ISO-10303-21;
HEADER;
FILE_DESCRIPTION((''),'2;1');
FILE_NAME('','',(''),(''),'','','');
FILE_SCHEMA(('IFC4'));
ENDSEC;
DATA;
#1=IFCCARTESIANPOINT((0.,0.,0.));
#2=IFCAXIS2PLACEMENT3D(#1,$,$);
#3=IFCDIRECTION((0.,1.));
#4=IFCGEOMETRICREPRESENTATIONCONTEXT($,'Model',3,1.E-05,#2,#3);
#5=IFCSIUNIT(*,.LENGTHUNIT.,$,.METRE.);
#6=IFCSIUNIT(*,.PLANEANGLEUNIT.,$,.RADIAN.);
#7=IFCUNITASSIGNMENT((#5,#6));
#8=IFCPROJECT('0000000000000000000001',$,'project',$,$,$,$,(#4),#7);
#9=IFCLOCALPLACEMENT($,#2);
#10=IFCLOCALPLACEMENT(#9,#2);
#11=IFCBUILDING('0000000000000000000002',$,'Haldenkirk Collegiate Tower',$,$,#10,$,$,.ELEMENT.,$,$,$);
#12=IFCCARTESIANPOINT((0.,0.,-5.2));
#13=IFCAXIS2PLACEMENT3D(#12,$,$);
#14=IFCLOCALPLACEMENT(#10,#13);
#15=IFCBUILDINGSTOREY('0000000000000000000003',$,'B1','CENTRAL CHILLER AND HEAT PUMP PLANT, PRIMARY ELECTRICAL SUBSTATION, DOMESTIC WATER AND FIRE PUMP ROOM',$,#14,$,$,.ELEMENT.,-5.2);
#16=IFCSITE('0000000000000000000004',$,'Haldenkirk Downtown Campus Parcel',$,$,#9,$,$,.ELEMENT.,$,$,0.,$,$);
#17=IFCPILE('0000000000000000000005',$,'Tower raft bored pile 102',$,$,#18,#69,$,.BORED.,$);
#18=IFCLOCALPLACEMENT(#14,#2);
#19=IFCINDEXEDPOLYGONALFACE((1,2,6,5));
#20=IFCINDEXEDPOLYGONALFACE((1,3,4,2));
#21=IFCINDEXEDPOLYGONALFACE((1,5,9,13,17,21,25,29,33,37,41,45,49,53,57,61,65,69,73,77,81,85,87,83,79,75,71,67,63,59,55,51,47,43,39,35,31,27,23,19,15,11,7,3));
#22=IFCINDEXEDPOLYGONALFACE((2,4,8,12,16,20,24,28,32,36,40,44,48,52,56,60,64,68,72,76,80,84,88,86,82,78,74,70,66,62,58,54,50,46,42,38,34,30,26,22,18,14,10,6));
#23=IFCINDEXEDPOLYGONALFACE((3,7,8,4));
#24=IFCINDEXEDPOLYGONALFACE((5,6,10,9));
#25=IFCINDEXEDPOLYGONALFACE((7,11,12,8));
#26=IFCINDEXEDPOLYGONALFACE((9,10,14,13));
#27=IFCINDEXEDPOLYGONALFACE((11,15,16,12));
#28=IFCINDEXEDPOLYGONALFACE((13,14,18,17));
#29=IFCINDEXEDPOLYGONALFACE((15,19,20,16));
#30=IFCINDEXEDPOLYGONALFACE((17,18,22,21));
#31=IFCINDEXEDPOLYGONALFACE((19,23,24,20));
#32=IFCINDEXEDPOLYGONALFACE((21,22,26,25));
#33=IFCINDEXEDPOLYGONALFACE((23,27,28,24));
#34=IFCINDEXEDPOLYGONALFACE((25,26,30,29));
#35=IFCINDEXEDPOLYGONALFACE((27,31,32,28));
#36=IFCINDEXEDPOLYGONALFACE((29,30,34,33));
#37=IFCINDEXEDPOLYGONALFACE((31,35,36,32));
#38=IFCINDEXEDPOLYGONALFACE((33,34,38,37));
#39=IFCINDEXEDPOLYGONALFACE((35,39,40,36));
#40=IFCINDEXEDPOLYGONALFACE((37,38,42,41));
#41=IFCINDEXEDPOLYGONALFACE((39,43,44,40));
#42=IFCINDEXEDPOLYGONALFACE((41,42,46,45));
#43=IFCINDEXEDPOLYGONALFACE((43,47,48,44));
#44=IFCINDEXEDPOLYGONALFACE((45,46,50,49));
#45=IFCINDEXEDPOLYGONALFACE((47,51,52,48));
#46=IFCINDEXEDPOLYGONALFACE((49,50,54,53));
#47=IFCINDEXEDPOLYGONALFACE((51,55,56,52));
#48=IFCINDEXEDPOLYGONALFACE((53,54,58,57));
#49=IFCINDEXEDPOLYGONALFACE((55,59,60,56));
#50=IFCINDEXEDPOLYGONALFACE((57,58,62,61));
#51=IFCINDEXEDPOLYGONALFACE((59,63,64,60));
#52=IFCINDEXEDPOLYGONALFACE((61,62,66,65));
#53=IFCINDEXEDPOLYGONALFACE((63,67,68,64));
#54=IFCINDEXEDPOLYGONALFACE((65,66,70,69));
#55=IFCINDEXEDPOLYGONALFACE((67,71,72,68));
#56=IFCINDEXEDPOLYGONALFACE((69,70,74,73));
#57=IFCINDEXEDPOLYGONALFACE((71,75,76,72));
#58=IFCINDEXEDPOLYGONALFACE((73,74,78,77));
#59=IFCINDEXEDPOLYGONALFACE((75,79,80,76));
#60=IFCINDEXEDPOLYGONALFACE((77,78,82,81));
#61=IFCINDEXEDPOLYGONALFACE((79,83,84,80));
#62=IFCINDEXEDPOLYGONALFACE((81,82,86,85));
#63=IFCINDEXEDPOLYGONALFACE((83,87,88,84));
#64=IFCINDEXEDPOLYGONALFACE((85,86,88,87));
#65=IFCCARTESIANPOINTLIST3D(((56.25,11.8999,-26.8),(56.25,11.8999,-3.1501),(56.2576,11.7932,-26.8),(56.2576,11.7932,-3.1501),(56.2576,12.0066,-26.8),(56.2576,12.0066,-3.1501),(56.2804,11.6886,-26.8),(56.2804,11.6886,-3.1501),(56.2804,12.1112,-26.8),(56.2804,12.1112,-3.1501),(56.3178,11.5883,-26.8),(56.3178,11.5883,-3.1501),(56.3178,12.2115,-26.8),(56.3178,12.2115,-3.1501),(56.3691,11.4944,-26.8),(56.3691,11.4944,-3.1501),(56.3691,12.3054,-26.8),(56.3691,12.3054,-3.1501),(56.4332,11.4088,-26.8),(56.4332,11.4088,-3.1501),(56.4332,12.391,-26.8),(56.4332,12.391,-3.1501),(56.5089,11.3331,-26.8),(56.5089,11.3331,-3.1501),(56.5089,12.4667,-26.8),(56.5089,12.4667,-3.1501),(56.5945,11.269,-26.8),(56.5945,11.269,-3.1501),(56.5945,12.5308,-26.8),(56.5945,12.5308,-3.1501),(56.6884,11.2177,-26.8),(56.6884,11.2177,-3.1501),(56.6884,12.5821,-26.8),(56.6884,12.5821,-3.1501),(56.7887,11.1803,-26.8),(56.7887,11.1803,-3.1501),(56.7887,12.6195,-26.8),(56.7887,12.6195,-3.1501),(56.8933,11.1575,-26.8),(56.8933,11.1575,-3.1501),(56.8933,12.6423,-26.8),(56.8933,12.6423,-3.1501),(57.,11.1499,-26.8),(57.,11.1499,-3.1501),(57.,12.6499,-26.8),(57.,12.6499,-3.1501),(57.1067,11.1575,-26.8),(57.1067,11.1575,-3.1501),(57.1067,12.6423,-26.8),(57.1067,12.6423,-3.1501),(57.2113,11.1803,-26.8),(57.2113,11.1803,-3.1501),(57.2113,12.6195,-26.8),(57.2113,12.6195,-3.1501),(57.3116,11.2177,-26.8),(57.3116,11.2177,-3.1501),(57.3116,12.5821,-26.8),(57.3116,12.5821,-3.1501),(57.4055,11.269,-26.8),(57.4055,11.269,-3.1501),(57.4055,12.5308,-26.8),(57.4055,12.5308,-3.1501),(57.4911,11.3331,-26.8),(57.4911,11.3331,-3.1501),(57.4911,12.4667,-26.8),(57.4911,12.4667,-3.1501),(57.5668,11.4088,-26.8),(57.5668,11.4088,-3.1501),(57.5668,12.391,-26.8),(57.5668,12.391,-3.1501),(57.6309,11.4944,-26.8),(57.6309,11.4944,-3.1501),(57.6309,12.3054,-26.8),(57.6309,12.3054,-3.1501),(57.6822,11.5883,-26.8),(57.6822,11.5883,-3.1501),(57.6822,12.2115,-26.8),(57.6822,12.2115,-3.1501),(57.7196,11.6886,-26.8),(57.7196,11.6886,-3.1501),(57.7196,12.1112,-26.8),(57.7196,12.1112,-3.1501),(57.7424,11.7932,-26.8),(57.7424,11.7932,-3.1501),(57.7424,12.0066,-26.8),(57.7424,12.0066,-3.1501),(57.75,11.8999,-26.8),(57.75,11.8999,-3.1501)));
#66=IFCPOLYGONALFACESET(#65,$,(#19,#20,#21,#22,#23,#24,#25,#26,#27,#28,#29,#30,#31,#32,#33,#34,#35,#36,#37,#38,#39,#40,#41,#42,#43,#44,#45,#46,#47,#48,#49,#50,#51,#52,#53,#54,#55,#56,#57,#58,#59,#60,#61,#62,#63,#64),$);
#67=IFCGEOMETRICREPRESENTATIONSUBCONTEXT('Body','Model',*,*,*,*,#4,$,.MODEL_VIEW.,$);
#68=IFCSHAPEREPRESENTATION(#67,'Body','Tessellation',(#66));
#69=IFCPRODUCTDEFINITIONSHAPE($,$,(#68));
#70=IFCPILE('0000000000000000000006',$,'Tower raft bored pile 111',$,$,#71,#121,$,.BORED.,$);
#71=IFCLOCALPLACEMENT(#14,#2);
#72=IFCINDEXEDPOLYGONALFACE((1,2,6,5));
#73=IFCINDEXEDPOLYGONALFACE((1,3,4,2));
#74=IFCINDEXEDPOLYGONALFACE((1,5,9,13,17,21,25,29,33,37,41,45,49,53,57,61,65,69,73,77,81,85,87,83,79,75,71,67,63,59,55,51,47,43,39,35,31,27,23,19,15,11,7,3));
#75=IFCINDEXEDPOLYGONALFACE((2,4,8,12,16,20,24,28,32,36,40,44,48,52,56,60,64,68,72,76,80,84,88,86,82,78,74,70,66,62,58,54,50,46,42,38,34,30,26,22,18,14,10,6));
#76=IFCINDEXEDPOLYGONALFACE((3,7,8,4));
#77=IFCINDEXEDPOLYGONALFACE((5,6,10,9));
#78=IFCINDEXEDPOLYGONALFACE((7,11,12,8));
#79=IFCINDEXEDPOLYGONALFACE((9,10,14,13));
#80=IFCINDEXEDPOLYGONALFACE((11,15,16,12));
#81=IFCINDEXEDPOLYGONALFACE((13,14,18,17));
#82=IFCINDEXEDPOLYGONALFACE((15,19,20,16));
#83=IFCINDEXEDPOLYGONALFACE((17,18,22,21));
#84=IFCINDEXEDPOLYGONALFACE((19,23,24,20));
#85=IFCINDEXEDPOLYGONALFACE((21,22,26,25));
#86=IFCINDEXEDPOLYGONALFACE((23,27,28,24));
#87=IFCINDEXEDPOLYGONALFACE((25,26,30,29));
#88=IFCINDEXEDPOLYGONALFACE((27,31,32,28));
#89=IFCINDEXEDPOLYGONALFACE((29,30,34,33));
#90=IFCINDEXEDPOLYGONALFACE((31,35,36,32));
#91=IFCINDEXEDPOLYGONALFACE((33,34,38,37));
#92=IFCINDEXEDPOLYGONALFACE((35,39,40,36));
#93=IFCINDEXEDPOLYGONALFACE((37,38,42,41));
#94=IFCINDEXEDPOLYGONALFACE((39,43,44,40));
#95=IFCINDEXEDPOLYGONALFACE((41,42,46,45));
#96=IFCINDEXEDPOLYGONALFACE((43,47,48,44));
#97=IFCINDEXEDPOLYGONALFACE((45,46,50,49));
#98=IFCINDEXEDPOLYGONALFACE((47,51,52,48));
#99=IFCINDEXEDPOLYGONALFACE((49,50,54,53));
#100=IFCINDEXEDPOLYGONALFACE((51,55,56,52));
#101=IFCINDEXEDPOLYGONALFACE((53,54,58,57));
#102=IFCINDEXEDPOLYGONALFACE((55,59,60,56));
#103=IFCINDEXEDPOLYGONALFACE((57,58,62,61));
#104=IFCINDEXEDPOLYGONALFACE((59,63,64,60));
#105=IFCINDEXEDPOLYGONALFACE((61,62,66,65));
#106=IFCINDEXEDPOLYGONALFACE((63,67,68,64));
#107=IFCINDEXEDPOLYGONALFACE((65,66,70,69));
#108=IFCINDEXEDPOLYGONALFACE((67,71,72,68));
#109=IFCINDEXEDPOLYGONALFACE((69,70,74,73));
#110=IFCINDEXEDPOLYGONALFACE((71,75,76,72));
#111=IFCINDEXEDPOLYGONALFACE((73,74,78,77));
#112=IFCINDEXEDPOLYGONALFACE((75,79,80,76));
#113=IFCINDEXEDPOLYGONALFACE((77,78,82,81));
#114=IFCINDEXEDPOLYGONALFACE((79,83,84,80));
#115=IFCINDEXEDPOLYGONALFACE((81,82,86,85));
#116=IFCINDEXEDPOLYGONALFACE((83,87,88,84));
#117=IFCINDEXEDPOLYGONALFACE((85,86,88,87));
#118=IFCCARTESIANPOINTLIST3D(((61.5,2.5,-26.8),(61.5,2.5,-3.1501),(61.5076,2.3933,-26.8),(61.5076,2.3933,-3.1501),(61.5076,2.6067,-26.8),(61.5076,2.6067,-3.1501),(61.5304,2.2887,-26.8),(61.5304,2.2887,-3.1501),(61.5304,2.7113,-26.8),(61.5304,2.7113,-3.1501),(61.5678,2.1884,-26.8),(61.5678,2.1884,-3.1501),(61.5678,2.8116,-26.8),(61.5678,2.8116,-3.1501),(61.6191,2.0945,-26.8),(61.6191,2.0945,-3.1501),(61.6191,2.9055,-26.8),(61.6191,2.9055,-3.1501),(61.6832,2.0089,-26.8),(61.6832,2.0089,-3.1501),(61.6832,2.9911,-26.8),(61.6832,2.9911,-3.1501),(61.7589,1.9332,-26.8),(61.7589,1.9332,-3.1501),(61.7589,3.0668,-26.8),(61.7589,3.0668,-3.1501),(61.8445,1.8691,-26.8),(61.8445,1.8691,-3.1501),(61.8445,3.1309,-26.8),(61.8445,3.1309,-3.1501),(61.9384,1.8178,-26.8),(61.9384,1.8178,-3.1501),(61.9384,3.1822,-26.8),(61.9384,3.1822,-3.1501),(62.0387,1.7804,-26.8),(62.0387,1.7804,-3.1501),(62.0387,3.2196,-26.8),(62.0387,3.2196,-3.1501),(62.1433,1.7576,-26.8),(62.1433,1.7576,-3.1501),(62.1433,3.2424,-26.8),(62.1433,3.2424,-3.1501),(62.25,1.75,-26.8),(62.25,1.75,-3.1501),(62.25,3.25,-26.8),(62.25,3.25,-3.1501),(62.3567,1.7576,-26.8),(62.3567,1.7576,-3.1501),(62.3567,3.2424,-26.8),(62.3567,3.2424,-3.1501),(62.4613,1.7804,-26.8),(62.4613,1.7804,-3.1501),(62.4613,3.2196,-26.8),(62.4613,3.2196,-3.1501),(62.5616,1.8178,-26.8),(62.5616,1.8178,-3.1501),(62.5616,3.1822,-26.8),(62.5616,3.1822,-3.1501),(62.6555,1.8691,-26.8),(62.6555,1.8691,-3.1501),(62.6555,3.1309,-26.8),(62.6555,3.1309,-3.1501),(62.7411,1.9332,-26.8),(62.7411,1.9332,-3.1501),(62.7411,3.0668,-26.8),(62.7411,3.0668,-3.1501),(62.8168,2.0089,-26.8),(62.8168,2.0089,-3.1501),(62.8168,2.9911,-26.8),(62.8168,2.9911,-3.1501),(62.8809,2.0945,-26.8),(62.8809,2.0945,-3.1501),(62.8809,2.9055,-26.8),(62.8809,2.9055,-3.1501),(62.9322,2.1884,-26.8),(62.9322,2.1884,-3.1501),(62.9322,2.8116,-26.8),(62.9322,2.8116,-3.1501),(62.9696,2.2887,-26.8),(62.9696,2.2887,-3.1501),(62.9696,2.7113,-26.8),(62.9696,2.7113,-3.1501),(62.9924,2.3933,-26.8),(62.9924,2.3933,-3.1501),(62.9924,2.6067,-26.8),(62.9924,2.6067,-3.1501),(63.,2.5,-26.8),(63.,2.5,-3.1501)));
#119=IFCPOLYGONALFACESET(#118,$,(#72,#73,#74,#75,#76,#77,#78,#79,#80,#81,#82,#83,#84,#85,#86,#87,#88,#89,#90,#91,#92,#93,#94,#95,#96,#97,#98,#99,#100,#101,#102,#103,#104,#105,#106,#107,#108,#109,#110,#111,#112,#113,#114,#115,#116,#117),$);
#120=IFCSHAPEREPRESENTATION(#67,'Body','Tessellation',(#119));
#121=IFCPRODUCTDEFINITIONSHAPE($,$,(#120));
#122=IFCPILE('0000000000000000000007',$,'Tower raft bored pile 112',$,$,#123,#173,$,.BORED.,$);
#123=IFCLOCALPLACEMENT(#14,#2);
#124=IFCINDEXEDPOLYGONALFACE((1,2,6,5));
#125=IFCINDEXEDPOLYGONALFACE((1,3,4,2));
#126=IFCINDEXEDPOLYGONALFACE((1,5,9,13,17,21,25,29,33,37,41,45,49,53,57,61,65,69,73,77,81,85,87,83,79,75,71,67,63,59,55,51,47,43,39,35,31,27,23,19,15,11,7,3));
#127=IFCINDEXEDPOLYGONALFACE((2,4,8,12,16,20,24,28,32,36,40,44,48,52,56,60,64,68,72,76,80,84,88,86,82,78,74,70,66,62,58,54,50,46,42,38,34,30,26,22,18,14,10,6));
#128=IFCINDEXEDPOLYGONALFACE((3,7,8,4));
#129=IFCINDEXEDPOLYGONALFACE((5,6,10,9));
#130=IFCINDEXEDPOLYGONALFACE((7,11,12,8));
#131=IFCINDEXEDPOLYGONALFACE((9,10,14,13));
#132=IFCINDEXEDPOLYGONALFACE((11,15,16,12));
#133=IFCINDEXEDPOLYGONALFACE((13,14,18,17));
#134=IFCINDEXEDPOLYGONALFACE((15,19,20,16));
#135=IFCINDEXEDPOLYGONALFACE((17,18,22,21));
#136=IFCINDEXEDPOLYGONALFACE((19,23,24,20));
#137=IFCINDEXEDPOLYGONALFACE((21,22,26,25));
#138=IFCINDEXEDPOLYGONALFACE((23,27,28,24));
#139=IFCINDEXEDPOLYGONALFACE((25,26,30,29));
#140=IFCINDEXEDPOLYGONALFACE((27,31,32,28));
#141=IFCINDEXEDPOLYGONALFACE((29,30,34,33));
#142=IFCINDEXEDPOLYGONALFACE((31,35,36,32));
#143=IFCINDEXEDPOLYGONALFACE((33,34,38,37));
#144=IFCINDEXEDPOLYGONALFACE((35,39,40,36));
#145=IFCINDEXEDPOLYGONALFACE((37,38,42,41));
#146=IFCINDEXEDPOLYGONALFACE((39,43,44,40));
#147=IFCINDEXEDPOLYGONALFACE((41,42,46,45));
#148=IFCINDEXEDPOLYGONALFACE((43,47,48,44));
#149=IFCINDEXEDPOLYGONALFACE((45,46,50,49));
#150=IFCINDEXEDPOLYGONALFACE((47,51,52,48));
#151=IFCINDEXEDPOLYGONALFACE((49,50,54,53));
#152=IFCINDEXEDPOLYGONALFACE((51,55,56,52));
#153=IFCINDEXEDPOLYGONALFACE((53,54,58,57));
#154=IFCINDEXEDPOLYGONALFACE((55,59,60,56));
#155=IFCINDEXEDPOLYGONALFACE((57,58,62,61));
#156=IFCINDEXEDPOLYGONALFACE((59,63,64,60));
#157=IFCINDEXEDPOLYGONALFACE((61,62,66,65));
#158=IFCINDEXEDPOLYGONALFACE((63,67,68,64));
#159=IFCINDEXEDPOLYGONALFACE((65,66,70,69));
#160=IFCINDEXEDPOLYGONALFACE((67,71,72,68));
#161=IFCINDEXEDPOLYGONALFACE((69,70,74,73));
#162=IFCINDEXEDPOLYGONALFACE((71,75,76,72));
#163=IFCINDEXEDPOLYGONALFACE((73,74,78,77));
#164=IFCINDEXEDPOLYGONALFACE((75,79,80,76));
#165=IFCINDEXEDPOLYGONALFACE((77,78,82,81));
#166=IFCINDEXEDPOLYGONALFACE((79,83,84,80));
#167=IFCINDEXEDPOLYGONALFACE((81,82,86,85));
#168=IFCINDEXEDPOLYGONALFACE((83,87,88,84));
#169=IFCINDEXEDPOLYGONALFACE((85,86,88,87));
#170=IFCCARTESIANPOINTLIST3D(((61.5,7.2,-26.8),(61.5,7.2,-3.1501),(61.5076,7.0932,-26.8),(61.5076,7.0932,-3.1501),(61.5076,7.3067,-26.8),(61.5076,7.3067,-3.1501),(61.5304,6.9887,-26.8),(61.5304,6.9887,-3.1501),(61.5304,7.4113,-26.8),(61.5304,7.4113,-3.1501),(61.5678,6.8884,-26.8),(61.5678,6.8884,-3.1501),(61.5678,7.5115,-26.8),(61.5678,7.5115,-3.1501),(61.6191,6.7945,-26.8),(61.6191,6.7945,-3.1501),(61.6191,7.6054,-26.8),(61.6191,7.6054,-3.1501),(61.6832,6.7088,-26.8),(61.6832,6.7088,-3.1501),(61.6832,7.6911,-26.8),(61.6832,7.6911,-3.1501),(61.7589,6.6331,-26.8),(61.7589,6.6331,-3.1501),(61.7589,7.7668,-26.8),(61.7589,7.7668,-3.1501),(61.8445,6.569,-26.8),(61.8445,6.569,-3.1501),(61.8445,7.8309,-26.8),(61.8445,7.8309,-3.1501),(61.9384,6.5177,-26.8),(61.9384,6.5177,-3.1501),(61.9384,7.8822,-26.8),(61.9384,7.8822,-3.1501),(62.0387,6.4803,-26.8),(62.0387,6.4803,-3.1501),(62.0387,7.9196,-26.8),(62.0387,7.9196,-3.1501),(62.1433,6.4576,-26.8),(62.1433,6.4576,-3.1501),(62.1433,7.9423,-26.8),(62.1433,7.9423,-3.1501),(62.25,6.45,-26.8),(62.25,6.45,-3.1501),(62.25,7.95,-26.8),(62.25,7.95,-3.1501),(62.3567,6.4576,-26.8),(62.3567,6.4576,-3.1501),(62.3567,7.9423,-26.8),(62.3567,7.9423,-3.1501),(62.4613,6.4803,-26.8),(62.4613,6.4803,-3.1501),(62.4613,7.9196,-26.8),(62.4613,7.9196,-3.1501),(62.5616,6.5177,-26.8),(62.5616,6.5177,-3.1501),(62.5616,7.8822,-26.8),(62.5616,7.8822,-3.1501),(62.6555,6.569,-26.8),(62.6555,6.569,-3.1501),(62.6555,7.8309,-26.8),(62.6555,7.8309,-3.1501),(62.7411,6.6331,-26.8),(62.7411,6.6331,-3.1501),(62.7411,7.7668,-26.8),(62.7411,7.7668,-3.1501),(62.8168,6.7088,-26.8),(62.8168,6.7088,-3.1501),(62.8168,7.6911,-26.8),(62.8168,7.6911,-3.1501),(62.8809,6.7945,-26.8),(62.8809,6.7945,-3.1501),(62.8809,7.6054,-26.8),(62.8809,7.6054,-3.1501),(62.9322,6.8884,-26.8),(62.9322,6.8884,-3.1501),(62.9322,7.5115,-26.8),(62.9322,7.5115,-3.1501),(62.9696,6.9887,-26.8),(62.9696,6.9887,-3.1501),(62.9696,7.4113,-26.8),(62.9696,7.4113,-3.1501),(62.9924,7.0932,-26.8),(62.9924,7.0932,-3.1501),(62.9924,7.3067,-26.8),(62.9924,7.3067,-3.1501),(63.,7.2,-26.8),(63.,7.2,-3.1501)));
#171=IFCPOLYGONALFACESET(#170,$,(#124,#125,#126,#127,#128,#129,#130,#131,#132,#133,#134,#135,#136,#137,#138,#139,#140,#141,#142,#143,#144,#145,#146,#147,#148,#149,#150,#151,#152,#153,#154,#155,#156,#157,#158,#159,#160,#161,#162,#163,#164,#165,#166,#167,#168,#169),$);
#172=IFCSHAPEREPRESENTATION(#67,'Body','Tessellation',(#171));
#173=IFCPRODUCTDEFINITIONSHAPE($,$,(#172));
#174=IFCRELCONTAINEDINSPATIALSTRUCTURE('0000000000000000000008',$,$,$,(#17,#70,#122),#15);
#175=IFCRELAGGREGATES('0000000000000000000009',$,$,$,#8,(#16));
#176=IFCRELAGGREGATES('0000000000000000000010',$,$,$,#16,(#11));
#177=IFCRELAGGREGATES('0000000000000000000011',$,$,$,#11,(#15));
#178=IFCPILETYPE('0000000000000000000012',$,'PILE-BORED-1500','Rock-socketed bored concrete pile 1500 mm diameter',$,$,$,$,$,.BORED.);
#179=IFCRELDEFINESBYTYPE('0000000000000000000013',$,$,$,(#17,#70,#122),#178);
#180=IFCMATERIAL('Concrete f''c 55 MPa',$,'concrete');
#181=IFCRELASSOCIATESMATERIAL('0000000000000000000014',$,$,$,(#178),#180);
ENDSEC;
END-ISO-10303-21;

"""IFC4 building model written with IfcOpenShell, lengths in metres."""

from ifc_helpers import new_model, si_unit, direction, frame, origin, origin_2d, place, context, subcontext, project, spatial, circle, extrude, material, material_profile, profile_set, type_object, element, save


model = new_model("IFC4")

# Units and contexts
model_context = context("Model", 3, precision=1e-05, world=origin(), true_north=direction((0.0, 1.0)))
body_context = subcontext(model_context, "Body", "Model", "MODEL_VIEW")
ifc_project = project(units=[si_unit("LENGTHUNIT", "METRE"), si_unit("PLANEANGLEUNIT", "RADIAN")], contexts=[model_context])

# Site, building, storey
site_placement = place(None, origin())
site = spatial("IfcSite", under=ifc_project, at=site_placement, Name="Haldenkirk Downtown Campus Parcel", CompositionType="ELEMENT", RefElevation=0.0)
building_placement = place(site_placement, origin())
building = spatial("IfcBuilding", under=site, at=building_placement, Name="Haldenkirk Collegiate Tower", CompositionType="ELEMENT")
storey_placement = place(building_placement, frame((0.0, 0.0, -5.2)))
storey = spatial("IfcBuildingStorey", under=building, at=storey_placement, Name="B1", Description="CENTRAL CHILLER AND HEAT PUMP PLANT, PRIMARY ELECTRICAL SUBSTATION, DOMESTIC WATER AND FIRE PUMP ROOM", CompositionType="ELEMENT", Elevation=-5.2)

# Shared definitions
ifc_material_1 = material(Name="Concrete f'c 55 MPa", Category="concrete")

# Piles
ifc_material_profile_1 = material_profile(ifc_material_1, circle(Radius=0.75, at=origin_2d()), Name="PILE1500")
ifc_profile_set_1 = profile_set([ifc_material_profile_1], Name="Concrete f'c 55 MPa")
pile_type_1 = type_object("IfcPileType", Name="PILE-BORED-1500", Description="Rock-socketed bored concrete pile 1500 mm diameter", PredefinedType="BORED", material=ifc_profile_set_1)
for number, where, z_axis, x_axis, name in (
    (1, (57.0, 11.8999, -3.1501), (0.0, 0.0, -1.0), (1.0, 0.0, 0.0), "Tower raft bored pile 102"),
    (2, (62.25, 2.5, -3.1501), (0.0, 0.0, -1.0), (1.0, 0.0, 0.0), "Tower raft bored pile 111"),
    (3, (62.25, 7.2, -3.1501), (0.0, 0.0, -1.0), (1.0, 0.0, 0.0), "Tower raft bored pile 112"),
):
    element("IfcPile", number, at=place(storey_placement, frame(where, z_axis=z_axis, x_axis=x_axis)), inside=storey, type_object=pile_type_1, Name=name, PredefinedType="BORED", context=body_context, shape_type="SweptSolid", body=[
        extrude(circle(Radius=0.75, at=origin_2d()), origin(), (0.0, 0.0, 1.0), 23.6499),
    ])

save(model, "model.ifc")
